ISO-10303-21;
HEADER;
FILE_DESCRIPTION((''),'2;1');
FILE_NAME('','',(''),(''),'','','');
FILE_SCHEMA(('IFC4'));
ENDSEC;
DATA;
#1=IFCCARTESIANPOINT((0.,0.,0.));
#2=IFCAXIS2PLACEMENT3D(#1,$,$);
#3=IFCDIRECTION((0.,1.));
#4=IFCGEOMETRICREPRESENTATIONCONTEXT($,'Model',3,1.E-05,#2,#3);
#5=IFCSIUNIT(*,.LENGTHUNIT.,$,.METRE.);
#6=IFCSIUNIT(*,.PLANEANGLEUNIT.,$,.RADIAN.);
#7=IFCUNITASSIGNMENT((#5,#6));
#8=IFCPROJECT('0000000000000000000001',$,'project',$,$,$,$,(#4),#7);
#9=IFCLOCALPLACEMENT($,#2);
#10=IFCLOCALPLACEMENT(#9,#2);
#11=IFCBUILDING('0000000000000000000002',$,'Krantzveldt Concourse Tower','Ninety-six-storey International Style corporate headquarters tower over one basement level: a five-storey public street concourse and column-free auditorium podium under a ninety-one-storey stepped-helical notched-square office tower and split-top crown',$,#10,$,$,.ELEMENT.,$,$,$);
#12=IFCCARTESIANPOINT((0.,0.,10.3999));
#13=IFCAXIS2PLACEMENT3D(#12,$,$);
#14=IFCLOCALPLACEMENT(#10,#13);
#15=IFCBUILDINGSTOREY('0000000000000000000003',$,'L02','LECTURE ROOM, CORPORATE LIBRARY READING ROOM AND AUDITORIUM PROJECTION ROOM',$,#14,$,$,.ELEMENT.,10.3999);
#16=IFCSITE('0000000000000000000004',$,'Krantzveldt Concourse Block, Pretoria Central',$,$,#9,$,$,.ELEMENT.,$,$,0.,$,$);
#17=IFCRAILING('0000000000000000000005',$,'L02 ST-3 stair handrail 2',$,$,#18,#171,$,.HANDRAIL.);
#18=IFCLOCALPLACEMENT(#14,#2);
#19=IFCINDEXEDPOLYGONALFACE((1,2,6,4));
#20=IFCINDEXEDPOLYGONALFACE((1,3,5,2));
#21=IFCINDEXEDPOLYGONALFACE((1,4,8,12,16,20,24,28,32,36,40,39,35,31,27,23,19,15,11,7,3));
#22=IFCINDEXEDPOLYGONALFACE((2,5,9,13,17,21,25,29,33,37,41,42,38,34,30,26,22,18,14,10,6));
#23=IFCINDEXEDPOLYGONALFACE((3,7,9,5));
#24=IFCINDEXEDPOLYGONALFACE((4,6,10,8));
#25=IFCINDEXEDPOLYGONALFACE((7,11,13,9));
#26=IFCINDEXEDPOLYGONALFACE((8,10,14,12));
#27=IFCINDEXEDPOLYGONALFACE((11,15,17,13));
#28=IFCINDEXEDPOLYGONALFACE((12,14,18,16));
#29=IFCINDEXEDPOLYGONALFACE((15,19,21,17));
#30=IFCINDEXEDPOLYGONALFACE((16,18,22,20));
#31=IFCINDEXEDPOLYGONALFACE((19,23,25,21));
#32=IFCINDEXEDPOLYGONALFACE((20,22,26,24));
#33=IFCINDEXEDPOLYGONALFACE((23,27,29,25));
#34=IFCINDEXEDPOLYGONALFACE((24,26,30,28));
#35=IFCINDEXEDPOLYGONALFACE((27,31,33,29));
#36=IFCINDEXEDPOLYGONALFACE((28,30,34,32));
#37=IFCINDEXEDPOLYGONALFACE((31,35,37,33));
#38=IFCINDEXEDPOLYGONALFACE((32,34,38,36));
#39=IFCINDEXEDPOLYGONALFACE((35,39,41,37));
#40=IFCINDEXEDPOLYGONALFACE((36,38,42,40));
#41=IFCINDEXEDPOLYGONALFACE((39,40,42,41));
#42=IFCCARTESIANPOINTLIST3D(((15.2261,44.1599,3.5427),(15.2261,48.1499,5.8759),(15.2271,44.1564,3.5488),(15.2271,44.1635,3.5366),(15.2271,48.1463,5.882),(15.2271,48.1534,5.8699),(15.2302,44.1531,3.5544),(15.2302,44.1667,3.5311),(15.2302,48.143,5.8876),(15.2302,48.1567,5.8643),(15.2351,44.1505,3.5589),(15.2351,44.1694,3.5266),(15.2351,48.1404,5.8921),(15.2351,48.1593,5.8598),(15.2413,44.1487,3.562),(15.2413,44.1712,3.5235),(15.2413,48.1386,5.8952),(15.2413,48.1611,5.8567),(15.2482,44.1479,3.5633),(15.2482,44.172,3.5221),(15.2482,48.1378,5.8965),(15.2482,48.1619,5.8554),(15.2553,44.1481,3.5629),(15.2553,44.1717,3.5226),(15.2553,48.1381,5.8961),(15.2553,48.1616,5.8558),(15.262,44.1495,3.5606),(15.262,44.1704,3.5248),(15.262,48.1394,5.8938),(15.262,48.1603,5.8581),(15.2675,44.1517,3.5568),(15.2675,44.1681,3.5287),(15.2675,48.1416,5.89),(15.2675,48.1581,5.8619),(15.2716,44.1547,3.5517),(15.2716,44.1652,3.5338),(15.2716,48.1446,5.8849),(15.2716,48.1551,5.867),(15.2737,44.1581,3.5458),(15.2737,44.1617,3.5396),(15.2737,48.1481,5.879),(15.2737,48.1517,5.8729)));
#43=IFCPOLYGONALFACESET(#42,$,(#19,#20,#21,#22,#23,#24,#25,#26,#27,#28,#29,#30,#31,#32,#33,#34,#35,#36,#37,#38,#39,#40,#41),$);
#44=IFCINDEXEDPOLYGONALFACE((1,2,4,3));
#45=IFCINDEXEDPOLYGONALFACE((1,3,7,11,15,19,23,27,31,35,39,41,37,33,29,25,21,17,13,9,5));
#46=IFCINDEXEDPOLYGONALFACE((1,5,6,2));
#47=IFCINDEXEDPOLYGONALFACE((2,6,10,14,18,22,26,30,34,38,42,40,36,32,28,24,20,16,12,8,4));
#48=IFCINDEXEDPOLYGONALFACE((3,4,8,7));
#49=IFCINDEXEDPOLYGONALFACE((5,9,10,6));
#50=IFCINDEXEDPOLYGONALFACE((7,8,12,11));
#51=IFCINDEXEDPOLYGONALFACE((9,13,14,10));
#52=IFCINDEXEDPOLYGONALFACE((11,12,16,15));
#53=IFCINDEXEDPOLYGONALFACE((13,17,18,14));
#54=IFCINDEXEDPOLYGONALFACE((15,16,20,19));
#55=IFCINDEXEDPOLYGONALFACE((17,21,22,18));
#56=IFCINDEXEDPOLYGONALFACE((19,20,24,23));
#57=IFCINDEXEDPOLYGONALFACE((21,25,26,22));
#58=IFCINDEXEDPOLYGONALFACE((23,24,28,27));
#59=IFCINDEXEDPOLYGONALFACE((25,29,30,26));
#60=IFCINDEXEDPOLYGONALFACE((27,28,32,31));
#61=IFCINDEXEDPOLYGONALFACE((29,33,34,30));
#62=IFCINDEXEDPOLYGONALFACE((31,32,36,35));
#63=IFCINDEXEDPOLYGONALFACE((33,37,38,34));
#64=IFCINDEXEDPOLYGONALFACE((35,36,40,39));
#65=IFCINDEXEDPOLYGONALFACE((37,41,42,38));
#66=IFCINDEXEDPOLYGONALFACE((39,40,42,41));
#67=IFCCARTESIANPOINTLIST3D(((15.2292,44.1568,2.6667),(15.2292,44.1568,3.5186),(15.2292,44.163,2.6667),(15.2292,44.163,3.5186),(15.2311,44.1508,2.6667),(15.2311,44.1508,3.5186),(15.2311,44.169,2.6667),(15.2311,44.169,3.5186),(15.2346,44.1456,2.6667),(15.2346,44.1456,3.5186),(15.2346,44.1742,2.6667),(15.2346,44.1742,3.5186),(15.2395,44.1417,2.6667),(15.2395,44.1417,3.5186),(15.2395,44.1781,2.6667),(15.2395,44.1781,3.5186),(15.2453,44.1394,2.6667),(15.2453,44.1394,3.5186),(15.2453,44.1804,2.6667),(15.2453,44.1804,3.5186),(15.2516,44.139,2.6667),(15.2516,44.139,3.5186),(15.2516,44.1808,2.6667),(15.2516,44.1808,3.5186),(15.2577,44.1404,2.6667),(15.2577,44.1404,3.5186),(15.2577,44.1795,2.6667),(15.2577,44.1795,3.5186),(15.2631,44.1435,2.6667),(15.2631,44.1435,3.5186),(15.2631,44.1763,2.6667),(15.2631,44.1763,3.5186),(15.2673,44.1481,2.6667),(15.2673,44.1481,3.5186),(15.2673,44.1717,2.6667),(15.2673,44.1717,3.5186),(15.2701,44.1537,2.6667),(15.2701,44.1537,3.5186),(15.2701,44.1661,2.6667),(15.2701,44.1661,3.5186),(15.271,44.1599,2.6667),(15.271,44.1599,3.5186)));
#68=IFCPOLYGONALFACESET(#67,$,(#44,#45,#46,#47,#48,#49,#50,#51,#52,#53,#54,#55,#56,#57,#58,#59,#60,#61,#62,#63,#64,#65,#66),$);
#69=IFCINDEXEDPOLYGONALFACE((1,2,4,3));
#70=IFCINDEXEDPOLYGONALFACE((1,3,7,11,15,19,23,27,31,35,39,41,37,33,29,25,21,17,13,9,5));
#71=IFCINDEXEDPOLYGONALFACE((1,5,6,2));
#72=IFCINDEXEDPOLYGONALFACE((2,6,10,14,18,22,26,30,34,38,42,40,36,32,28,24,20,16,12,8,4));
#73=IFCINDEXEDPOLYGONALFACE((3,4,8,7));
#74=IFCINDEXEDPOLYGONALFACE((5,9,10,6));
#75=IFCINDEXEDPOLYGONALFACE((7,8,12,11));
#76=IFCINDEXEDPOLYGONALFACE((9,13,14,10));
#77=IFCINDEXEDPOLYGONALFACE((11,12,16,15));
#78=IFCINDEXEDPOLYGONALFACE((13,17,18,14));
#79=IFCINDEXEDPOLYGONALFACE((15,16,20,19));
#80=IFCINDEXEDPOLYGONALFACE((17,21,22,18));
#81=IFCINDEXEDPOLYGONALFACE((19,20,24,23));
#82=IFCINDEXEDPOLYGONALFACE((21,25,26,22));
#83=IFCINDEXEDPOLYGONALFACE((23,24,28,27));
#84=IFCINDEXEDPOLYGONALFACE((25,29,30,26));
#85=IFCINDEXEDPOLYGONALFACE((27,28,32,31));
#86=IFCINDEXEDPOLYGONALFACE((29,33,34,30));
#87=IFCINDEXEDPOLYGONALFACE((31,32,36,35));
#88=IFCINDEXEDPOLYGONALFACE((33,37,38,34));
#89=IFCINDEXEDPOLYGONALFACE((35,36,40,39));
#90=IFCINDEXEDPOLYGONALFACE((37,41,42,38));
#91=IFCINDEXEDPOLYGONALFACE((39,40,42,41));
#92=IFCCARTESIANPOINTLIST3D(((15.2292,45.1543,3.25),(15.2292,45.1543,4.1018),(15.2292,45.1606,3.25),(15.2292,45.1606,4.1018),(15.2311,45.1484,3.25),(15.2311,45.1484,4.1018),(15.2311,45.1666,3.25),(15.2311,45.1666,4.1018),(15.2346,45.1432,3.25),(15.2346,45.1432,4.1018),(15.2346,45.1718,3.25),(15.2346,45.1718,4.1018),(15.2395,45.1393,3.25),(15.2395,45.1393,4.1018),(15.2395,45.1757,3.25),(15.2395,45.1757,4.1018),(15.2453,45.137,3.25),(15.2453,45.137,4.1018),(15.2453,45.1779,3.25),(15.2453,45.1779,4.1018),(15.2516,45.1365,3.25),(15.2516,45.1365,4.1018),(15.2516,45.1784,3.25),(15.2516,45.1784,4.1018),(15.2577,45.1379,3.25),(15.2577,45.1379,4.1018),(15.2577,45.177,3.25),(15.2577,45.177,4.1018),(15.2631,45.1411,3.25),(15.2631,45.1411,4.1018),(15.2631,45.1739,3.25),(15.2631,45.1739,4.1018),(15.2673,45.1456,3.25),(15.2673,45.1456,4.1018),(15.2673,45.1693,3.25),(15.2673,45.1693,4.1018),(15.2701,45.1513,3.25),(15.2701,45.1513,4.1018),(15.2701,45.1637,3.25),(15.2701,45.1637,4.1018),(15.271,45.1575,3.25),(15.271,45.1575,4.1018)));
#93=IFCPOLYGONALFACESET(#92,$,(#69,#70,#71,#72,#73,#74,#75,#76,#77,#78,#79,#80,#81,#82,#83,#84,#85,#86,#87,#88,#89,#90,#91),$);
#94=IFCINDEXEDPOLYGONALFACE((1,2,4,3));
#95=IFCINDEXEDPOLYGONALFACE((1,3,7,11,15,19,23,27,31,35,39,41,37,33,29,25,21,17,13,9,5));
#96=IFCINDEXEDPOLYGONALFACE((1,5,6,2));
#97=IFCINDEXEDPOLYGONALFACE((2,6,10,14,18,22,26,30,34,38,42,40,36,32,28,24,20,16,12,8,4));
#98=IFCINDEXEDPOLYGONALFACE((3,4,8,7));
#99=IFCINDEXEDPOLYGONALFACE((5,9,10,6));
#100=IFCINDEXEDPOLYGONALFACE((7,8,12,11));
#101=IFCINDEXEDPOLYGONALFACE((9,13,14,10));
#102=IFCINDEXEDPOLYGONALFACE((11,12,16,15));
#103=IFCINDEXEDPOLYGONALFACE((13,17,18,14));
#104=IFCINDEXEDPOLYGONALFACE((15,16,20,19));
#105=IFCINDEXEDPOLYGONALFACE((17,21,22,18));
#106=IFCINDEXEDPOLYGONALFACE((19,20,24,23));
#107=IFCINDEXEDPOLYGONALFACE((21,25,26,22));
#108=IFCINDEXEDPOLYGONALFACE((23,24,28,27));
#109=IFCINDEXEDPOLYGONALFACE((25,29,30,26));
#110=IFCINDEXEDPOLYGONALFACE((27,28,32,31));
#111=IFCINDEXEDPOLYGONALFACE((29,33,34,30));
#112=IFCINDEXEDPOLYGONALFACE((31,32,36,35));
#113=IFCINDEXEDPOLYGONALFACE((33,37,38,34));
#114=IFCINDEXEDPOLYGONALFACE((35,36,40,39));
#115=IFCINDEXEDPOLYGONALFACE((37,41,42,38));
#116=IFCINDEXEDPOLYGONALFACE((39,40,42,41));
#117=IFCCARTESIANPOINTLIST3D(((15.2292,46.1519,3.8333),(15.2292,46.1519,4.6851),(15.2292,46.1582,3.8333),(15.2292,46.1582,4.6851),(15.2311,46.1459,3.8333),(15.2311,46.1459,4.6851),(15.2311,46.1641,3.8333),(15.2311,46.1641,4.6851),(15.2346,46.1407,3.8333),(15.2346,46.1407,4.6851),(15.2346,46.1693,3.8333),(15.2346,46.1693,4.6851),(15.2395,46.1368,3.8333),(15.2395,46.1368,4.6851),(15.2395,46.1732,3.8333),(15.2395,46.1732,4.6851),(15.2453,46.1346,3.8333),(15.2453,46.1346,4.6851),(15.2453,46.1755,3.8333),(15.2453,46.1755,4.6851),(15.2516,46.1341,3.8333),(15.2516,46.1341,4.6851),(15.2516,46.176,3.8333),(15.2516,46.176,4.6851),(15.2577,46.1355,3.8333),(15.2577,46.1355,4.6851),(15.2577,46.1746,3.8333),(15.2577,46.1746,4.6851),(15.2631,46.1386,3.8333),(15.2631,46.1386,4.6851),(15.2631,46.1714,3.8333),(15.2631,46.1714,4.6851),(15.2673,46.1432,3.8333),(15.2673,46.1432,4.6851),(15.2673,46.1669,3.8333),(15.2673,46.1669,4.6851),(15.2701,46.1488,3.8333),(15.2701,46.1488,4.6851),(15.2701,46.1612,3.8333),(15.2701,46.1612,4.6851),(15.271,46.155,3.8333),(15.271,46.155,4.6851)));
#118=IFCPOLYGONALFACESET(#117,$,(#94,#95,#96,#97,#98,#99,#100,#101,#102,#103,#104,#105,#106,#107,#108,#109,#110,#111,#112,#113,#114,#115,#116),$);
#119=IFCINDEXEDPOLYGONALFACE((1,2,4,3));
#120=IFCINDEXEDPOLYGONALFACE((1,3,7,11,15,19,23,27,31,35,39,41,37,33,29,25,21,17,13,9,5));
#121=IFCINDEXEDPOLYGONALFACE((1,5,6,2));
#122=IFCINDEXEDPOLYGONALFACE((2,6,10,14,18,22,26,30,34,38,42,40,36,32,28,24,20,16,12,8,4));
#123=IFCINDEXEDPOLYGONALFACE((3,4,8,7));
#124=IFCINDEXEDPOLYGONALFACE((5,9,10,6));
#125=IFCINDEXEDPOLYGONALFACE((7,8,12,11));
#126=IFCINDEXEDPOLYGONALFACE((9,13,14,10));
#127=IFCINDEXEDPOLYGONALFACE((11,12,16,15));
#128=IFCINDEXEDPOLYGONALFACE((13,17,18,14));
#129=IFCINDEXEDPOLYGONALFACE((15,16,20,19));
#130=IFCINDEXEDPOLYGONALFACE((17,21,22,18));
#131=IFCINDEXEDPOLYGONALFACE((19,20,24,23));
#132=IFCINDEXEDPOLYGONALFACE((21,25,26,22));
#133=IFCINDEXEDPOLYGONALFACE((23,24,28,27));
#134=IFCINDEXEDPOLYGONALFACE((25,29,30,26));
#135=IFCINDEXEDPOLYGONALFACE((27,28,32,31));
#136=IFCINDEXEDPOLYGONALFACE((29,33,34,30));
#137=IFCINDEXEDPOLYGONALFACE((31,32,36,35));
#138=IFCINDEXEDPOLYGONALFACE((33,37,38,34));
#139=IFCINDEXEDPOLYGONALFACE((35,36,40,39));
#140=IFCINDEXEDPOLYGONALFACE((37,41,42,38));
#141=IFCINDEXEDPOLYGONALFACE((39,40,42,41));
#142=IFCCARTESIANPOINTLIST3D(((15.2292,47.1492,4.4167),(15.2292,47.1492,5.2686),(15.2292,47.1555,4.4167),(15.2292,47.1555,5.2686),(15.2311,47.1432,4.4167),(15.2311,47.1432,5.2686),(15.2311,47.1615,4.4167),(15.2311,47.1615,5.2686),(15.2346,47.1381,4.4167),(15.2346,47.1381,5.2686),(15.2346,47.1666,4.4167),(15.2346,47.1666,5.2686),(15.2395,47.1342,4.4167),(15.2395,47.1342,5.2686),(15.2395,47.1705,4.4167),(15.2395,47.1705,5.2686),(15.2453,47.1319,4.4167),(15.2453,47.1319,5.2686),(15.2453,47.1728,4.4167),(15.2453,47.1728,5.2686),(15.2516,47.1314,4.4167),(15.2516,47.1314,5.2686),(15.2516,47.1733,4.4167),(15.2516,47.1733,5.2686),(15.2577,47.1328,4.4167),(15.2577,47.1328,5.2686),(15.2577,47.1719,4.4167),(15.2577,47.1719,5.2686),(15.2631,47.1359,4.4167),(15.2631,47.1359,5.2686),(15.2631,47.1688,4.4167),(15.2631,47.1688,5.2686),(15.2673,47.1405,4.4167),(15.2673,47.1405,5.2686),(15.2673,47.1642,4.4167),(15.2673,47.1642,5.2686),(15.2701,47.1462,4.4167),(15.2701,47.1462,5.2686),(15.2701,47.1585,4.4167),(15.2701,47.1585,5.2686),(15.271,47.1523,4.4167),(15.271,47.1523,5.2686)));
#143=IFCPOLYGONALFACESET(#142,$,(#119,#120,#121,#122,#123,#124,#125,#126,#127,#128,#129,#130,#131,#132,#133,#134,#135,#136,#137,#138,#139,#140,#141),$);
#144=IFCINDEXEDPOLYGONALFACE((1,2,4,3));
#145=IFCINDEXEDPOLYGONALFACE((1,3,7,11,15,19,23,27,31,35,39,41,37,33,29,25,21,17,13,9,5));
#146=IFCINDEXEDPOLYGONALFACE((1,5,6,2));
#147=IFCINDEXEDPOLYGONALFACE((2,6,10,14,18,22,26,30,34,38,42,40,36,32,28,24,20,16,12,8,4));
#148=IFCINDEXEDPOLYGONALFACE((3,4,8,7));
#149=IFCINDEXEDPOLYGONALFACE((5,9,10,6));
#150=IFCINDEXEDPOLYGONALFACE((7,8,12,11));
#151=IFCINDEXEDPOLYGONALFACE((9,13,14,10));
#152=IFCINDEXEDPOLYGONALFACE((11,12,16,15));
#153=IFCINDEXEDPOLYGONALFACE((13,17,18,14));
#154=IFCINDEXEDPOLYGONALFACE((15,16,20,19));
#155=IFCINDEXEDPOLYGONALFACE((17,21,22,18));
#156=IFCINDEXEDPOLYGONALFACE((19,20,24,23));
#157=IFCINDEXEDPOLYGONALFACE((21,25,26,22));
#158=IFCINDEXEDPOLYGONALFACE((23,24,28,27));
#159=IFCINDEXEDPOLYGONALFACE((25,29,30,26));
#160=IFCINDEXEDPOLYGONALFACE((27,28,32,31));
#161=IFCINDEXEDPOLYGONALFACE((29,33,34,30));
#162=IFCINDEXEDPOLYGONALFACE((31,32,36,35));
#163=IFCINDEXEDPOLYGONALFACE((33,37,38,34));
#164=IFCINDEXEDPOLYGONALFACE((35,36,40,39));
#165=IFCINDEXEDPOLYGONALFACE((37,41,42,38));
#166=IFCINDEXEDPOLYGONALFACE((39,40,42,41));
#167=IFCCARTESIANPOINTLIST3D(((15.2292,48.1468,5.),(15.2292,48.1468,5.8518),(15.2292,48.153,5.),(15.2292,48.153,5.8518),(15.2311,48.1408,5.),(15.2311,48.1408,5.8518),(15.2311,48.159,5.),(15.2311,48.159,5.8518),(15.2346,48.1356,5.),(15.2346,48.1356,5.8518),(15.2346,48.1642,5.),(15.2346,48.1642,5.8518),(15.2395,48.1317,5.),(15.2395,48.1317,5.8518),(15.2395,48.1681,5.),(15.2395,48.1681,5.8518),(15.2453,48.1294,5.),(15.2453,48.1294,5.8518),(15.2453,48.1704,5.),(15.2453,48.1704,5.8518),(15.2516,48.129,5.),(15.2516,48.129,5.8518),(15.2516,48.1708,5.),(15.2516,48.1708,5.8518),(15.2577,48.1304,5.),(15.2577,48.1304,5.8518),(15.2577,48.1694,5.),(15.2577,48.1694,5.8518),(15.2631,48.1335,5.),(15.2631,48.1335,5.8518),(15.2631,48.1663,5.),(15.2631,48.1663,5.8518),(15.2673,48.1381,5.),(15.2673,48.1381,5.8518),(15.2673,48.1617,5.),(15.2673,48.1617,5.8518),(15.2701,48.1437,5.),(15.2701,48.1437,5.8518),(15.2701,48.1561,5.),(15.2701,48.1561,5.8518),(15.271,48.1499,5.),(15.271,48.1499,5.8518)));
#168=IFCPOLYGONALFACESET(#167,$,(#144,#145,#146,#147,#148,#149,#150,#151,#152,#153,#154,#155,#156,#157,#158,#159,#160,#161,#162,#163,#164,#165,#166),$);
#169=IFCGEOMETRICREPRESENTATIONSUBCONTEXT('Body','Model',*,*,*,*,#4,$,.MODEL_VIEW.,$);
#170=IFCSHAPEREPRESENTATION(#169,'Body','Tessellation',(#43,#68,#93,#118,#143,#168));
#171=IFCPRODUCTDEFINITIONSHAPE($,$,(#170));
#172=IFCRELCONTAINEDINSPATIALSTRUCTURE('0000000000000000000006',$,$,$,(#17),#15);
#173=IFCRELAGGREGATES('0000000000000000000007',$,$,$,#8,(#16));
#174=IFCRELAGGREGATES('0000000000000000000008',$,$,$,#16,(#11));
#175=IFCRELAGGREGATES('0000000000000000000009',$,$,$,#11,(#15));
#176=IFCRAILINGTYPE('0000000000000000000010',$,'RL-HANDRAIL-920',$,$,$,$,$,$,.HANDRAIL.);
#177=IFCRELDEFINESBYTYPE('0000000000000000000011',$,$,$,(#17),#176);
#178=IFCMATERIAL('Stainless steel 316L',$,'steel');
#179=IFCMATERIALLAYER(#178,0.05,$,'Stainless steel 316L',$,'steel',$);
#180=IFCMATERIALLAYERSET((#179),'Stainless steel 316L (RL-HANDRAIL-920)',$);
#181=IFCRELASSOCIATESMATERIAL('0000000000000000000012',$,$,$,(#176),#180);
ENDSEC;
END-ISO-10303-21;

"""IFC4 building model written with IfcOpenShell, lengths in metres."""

from ifc_helpers import new_model, si_unit, direction, frame, origin, origin_2d, place, context, subcontext, project, spatial, circle, extrude, material, layer, layer_set, type_object, element, save


model = new_model("IFC4")

# Units and contexts
model_context = context("Model", 3, precision=1e-05, world=origin(), true_north=direction((0.0, 1.0)))
body_context = subcontext(model_context, "Body", "Model", "MODEL_VIEW")
ifc_project = project(units=[si_unit("LENGTHUNIT", "METRE"), si_unit("PLANEANGLEUNIT", "RADIAN")], contexts=[model_context])

# Site, building, storey
site_placement = place(None, origin())
site = spatial("IfcSite", under=ifc_project, at=site_placement, Name="Krantzveldt Concourse Block, Pretoria Central", CompositionType="ELEMENT", RefElevation=0.0)
building_placement = place(site_placement, origin())
building = spatial("IfcBuilding", under=site, at=building_placement, Name="Krantzveldt Concourse Tower", Description="Ninety-six-storey International Style corporate headquarters tower over one basement level: a five-storey public street concourse and column-free auditorium podium under a ninety-one-storey stepped-helical notched-square office tower and split-top crown", CompositionType="ELEMENT")
storey_placement = place(building_placement, frame((0.0, 0.0, 10.3999)))
storey = spatial("IfcBuildingStorey", under=building, at=storey_placement, Name="L02", Description="LECTURE ROOM, CORPORATE LIBRARY READING ROOM AND AUDITORIUM PROJECTION ROOM", CompositionType="ELEMENT", Elevation=10.3999)

# Railing
ifc_material_1 = material(Name="Stainless steel 316L", Category="steel")
ifc_layer_1 = layer(ifc_material_1, 0.05, Name="Stainless steel 316L", Category="steel")
ifc_layer_set_1 = layer_set([ifc_layer_1], Name="Stainless steel 316L (RL-HANDRAIL-920)")
railing_type = type_object("IfcRailingType", Name="RL-HANDRAIL-920", PredefinedType="HANDRAIL", material=ifc_layer_set_1)
railing_placement = place(storey_placement, frame((15.25, 44.1599, 2.6667)))
element("IfcRailing", 1, at=railing_placement, inside=storey, type_object=railing_type, Name="L02 ST-3 stair handrail 2", PredefinedType="HANDRAIL", context=body_context, shape_type="SweptSolid", body=[
    extrude(circle(Radius=0.0239, at=origin_2d()), frame((0.0, 0.0, 0.876), z_axis=(0.0, 0.863236, 0.5048), x_axis=(-1.0, 0.0, 0.0)), (0.0, 0.0, 1.0), 4.6221),
    extrude(circle(Radius=0.021, at=origin_2d()), origin(), (0.0, 0.0, 1.0), 0.8518),
    extrude(circle(Radius=0.021, at=origin_2d()), frame((0.0, 0.9976, 0.5833)), (0.0, 0.0, 1.0), 0.8518),
    extrude(circle(Radius=0.021, at=origin_2d()), frame((0.0, 1.9951, 1.1665)), (0.0, 0.0, 1.0), 0.8518),
    extrude(circle(Radius=0.021, at=origin_2d()), frame((0.0, 2.9924, 1.75)), (0.0, 0.0, 1.0), 0.8518),
    extrude(circle(Radius=0.021, at=origin_2d()), frame((0.0, 3.99, 2.3333)), (0.0, 0.0, 1.0), 0.8518),
])

save(model, "model.ifc")
